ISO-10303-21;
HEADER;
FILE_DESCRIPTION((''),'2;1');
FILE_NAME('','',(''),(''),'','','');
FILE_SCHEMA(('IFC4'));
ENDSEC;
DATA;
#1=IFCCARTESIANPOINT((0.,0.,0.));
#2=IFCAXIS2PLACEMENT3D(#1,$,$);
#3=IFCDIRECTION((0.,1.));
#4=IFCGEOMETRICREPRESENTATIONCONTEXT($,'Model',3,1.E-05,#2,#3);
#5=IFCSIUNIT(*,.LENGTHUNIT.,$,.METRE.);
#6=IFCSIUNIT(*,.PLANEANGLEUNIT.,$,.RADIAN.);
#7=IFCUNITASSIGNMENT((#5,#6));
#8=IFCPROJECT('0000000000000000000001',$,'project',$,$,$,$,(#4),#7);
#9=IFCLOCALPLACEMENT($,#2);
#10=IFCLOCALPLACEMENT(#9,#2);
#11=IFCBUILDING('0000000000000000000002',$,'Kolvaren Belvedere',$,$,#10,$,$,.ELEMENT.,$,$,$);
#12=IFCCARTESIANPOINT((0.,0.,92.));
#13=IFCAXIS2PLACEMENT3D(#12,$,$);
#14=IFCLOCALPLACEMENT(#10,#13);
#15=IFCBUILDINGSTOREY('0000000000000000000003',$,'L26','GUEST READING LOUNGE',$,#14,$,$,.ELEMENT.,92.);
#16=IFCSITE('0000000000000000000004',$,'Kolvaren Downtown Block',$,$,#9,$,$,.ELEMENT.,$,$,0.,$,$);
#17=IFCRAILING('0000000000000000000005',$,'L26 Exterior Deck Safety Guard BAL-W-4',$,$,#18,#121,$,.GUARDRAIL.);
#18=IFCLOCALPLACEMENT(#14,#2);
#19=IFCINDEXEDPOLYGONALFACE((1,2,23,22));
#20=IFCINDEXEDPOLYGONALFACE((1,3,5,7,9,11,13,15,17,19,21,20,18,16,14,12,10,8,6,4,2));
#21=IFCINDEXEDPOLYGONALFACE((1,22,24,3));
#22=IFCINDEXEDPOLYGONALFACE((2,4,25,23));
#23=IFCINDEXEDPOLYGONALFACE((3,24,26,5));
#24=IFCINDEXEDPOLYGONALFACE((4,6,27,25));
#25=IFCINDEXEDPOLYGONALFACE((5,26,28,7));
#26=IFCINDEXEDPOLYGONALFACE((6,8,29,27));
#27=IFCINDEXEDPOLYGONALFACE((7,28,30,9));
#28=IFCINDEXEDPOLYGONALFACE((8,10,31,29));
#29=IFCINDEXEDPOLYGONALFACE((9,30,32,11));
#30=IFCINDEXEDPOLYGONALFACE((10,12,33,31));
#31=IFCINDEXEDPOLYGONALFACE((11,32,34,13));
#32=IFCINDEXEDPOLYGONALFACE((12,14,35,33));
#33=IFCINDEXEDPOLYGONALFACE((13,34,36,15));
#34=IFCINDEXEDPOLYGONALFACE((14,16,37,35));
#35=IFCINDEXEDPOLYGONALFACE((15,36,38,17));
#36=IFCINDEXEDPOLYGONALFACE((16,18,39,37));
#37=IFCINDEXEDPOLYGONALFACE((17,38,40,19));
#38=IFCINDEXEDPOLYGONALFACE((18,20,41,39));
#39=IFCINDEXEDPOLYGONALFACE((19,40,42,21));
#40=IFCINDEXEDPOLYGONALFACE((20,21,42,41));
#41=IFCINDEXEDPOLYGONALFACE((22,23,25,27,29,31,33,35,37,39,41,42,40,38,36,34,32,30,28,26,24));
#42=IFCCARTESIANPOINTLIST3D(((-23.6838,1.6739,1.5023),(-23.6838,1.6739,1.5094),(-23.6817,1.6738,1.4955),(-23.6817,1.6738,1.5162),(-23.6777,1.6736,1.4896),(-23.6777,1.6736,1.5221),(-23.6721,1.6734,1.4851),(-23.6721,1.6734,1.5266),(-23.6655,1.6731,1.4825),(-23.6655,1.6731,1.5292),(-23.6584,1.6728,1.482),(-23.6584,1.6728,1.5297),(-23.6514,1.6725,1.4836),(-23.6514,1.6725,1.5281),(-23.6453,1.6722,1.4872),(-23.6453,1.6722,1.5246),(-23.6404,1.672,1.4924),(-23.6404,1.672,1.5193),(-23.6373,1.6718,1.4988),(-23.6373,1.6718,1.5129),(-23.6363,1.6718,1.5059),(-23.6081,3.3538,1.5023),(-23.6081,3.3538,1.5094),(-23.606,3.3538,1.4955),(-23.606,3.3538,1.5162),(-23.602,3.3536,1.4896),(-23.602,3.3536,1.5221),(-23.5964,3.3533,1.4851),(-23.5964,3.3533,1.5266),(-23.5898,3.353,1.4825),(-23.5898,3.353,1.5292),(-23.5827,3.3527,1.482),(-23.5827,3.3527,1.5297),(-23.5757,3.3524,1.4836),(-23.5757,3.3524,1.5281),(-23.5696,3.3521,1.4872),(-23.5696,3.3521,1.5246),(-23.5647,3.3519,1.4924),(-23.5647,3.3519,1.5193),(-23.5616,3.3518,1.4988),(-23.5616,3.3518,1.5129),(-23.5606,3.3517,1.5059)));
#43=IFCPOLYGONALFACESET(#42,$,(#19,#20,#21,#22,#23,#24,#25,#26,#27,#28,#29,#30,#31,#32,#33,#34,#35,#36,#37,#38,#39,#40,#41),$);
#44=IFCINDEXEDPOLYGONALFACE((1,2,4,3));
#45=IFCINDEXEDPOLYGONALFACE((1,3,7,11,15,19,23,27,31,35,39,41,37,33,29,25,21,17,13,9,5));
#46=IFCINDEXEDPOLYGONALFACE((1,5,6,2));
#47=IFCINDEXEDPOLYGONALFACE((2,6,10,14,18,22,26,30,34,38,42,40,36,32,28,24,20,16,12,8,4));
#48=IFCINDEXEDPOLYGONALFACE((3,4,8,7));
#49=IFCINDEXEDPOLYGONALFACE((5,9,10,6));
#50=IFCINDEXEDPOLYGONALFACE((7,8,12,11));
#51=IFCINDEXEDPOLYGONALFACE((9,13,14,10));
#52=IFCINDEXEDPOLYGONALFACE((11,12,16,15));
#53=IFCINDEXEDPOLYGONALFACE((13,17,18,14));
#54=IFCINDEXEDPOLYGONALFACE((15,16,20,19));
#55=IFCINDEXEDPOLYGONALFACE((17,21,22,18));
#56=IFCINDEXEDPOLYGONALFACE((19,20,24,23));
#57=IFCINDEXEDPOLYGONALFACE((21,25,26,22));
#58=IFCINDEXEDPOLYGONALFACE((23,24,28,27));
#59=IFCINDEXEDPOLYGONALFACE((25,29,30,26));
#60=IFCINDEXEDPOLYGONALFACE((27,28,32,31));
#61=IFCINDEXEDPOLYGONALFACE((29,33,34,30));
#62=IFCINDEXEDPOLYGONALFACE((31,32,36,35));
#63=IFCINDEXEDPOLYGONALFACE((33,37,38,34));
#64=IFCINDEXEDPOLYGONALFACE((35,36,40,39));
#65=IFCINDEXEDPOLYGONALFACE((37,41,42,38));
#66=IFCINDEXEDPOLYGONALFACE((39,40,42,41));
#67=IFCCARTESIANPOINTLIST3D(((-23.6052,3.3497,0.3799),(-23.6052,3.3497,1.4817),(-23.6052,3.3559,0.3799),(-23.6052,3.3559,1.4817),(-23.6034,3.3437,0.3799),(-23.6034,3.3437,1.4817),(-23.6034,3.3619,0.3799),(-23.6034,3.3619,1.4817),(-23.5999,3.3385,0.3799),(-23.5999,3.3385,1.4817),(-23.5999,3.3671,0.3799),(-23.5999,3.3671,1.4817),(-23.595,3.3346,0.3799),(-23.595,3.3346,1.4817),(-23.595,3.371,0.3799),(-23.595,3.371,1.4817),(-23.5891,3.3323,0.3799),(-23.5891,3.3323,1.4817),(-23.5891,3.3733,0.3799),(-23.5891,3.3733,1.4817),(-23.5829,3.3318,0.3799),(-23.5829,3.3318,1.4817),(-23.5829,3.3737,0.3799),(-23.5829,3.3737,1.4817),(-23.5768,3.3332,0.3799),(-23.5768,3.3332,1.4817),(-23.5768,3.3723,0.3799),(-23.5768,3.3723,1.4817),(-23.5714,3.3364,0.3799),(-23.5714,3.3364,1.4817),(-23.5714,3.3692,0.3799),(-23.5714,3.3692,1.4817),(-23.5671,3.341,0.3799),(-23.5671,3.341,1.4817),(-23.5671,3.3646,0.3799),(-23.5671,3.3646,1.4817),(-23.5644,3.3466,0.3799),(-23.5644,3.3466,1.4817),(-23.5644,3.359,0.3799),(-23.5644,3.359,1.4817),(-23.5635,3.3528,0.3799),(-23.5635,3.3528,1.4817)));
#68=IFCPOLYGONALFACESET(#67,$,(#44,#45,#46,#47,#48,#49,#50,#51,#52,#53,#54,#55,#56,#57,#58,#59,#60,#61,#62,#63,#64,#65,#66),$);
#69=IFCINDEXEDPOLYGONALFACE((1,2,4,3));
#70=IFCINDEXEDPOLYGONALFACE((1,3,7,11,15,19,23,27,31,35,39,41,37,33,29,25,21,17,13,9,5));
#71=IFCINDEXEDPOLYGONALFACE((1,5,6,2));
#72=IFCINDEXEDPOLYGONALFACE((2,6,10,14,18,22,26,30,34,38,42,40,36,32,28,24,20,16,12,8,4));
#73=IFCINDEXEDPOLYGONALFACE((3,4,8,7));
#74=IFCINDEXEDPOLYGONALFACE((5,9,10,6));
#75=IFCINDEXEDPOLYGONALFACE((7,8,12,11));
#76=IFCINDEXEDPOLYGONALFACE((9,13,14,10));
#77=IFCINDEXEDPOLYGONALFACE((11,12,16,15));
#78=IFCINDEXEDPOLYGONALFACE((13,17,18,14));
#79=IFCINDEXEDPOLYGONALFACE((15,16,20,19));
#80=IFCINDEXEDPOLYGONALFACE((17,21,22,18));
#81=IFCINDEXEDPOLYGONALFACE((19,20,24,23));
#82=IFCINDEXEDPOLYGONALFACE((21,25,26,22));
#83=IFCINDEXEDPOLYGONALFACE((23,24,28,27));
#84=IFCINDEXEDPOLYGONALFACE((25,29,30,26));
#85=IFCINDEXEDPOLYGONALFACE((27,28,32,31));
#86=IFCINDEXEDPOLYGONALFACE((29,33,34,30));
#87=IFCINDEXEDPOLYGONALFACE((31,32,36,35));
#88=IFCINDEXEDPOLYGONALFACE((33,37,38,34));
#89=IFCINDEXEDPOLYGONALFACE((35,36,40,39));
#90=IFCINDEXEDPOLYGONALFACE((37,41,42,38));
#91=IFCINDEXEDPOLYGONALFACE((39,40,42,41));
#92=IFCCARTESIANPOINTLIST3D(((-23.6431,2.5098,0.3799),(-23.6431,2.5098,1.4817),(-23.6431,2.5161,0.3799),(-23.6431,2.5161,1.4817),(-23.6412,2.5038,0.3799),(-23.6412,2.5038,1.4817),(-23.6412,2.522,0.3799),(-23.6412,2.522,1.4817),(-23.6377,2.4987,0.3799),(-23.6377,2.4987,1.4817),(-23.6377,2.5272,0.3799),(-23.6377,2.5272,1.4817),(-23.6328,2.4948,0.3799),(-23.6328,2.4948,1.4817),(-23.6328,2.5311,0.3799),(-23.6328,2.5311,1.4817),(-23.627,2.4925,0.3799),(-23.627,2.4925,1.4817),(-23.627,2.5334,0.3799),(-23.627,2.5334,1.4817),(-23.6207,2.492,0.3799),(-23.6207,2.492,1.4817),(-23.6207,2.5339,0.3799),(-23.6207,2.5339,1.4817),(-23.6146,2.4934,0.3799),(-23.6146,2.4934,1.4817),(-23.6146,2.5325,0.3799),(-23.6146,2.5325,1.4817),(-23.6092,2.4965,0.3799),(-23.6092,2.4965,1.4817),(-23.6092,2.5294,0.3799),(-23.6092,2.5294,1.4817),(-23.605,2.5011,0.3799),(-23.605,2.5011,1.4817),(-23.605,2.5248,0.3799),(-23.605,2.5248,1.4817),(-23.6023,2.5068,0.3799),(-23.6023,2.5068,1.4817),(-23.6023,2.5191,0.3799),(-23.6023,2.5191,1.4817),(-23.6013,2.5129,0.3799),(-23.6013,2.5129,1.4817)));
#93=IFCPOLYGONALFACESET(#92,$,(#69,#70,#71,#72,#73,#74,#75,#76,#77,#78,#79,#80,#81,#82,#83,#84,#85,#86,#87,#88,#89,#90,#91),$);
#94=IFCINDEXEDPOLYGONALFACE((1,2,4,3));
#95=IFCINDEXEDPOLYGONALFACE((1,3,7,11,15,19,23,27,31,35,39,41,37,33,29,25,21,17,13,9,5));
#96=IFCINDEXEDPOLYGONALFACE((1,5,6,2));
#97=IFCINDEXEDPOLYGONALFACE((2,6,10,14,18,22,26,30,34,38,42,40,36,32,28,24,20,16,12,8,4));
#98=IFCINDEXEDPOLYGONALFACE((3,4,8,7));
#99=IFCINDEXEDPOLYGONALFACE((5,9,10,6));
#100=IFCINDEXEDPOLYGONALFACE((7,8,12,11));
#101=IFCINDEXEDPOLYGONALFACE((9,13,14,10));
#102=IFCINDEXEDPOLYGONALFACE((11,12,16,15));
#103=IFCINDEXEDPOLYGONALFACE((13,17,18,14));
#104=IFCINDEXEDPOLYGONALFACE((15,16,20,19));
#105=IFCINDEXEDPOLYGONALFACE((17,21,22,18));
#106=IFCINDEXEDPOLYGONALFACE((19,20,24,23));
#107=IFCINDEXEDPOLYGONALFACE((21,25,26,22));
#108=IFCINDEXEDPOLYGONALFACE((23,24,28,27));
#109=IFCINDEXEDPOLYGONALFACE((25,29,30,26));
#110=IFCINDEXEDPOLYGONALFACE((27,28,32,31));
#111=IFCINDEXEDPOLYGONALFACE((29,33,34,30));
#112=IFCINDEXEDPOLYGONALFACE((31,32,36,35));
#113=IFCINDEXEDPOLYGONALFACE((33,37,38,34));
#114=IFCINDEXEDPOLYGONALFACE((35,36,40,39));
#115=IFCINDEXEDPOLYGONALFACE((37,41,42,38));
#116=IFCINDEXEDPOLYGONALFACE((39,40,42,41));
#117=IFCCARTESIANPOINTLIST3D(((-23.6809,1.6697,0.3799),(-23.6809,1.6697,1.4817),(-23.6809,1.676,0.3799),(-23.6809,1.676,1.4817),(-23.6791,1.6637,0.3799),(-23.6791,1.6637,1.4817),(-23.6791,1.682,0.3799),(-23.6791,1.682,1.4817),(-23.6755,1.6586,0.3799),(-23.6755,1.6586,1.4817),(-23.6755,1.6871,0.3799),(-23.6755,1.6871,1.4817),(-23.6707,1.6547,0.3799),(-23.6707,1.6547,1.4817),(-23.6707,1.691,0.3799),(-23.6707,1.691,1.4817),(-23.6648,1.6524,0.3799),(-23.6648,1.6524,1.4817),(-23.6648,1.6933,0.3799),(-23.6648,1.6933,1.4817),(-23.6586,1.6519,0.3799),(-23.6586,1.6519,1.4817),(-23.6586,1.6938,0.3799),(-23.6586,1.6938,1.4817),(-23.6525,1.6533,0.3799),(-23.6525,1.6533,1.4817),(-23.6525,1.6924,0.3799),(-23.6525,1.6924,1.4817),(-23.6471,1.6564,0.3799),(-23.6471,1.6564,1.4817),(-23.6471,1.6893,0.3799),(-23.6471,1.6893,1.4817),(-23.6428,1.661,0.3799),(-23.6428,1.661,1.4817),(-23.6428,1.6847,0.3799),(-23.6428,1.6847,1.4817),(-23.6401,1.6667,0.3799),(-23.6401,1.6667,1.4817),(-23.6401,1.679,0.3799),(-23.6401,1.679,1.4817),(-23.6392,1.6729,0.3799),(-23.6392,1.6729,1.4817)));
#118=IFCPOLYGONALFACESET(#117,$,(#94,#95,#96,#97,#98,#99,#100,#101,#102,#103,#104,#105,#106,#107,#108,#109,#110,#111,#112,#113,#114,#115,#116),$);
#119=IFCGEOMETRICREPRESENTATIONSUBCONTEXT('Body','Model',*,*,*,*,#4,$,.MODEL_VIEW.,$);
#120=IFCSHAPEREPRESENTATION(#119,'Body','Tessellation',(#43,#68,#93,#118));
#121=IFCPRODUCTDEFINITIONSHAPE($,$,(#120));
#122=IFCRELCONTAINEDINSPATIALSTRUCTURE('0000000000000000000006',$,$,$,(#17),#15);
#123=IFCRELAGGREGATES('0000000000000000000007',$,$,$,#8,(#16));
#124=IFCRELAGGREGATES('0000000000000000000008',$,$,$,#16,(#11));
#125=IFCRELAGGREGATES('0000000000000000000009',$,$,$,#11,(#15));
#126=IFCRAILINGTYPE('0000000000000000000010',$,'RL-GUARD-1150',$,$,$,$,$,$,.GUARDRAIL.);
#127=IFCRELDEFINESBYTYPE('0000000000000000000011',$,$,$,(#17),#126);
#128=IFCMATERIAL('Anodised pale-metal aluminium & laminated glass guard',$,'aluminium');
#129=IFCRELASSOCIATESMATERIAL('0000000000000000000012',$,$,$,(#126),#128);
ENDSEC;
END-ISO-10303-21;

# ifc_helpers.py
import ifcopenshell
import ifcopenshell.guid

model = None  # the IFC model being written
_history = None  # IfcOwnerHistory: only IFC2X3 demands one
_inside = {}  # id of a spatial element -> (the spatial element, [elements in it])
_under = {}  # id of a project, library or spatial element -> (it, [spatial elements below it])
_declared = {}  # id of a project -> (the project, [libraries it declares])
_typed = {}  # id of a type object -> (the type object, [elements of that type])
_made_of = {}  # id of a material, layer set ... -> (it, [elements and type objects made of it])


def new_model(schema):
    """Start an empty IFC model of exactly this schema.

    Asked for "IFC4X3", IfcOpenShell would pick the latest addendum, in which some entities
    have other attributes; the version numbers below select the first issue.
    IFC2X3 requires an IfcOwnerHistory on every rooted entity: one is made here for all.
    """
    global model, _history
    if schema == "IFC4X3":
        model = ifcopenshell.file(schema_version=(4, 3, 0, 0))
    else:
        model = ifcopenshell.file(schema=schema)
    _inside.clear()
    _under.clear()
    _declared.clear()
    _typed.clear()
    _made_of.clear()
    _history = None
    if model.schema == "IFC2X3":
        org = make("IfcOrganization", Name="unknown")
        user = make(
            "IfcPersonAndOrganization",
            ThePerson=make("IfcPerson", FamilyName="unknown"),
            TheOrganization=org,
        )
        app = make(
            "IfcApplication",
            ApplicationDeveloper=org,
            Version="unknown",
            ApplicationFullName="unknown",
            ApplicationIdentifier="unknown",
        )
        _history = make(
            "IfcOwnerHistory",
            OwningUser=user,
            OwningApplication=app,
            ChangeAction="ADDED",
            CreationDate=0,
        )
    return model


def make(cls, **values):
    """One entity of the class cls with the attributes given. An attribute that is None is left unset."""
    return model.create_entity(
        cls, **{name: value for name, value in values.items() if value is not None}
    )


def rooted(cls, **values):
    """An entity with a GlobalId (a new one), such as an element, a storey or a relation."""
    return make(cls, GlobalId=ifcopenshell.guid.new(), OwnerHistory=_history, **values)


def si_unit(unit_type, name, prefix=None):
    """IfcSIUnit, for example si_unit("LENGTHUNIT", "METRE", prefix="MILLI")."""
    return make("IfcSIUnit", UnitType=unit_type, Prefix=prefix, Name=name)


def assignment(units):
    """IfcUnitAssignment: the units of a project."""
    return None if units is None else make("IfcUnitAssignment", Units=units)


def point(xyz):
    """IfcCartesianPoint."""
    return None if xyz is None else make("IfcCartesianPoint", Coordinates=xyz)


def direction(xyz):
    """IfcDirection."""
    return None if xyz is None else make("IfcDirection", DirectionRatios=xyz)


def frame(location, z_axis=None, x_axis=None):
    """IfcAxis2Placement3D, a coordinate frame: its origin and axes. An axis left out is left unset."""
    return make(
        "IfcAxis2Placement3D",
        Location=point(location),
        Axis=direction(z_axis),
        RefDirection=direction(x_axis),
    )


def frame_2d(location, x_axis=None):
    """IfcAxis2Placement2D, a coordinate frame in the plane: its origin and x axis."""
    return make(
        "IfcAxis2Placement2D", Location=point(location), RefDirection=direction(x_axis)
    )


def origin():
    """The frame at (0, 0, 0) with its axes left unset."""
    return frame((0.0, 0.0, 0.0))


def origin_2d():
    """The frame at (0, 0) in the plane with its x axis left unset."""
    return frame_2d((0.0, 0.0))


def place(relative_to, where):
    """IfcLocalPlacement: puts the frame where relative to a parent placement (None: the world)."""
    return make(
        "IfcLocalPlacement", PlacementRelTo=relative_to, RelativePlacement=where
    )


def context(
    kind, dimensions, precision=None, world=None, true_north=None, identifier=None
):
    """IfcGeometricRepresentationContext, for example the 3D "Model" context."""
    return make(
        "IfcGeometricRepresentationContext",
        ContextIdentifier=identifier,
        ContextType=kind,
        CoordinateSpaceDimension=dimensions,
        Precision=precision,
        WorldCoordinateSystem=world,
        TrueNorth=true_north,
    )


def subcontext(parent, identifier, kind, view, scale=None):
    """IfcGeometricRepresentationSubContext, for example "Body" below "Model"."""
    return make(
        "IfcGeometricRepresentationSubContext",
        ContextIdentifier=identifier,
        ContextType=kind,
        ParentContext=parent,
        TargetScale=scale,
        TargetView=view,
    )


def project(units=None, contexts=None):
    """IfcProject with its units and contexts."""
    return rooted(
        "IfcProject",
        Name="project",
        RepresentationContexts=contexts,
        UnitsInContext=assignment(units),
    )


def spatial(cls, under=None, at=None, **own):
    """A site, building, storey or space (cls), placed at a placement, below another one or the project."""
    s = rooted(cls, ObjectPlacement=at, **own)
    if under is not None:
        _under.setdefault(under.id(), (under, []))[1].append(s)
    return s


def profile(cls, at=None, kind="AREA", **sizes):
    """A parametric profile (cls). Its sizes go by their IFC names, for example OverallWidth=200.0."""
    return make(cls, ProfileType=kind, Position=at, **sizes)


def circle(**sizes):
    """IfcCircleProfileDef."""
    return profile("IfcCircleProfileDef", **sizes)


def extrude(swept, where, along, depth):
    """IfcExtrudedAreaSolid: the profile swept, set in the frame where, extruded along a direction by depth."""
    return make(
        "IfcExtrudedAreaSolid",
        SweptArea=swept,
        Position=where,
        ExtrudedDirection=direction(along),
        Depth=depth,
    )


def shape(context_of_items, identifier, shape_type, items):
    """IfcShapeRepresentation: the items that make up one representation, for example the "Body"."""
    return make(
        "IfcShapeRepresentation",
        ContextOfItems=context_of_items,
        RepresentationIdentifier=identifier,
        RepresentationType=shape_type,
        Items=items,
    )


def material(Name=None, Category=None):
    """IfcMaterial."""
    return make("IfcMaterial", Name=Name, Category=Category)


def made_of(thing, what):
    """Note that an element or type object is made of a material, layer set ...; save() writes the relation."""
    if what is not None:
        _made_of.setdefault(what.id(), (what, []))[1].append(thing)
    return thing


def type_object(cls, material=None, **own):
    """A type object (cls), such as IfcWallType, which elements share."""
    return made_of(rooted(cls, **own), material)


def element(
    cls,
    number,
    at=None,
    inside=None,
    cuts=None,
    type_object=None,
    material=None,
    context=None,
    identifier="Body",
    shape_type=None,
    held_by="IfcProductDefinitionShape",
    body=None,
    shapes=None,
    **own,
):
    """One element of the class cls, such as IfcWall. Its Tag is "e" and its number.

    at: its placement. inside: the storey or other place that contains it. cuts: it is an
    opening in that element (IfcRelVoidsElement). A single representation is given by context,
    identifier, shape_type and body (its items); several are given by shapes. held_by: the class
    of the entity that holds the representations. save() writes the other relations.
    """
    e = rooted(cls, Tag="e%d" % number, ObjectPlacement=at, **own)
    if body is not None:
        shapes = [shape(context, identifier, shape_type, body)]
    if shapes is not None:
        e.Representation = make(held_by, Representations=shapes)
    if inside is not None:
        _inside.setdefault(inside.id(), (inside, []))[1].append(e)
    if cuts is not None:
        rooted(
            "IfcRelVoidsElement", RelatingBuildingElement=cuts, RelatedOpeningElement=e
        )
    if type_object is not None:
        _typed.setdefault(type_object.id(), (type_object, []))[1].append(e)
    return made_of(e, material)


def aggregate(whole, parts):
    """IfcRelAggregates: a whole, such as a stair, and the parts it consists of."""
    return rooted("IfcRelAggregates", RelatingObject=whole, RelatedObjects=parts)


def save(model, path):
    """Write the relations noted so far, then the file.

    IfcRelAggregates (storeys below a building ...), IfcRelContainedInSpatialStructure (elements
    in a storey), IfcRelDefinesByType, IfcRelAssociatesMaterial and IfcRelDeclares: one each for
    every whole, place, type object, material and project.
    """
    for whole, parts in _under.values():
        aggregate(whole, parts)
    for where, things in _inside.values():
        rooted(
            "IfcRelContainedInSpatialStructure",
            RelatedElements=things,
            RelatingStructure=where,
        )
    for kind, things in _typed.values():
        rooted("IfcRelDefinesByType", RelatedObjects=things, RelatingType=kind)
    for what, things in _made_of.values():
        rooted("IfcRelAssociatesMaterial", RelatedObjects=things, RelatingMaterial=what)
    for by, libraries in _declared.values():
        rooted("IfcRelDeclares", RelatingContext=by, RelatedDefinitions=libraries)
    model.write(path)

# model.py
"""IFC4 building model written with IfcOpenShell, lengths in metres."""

from ifc_helpers import new_model, si_unit, direction, frame, origin, origin_2d, place, context, subcontext, project, spatial, circle, extrude, material, type_object, element, save


model = new_model("IFC4")

# Units and contexts
model_context = context("Model", 3, precision=1e-05, world=origin(), true_north=direction((0.0, 1.0)))
body_context = subcontext(model_context, "Body", "Model", "MODEL_VIEW")
ifc_project = project(units=[si_unit("LENGTHUNIT", "METRE"), si_unit("PLANEANGLEUNIT", "RADIAN")], contexts=[model_context])

# Site, building, storey
site_placement = place(None, origin())
site = spatial("IfcSite", under=ifc_project, at=site_placement, Name="Kolvaren Downtown Block", CompositionType="ELEMENT", RefElevation=0.0)
building_placement = place(site_placement, origin())
building = spatial("IfcBuilding", under=site, at=building_placement, Name="Kolvaren Belvedere", CompositionType="ELEMENT")
storey_placement = place(building_placement, frame((0.0, 0.0, 92.0)))
storey = spatial("IfcBuildingStorey", under=building, at=storey_placement, Name="L26", Description="GUEST READING LOUNGE", CompositionType="ELEMENT", Elevation=92.0)

# Railing
ifc_material_1 = material(Name="Anodised pale-metal aluminium & laminated glass guard", Category="aluminium")
railing_type = type_object("IfcRailingType", Name="RL-GUARD-1150", PredefinedType="GUARDRAIL", material=ifc_material_1)
railing_1_placement = place(storey_placement, frame((-23.5845, 3.3528, 0.3799)))
element("IfcRailing", 1, at=railing_1_placement, inside=storey, type_object=railing_type, Name="L26 Exterior Deck Safety Guard BAL-W-4", PredefinedType="GUARDRAIL", context=body_context, shape_type="SweptSolid", body=[
    extrude(circle(Radius=0.0239, at=origin_2d()), frame((0.0, 0.0, 1.126), z_axis=(-0.045006, -0.998987, 0.0), x_axis=(0.998987, -0.045006, 0.0)), (0.0, 0.0, 1.0), 1.6816),
    extrude(circle(Radius=0.021, at=origin_2d()), origin(), (0.0, 0.0, 1.0), 1.1018),
    extrude(circle(Radius=0.021, at=origin_2d()), frame((-0.0378, -0.8398, 0.0)), (0.0, 0.0, 1.0), 1.1018),
    extrude(circle(Radius=0.021, at=origin_2d()), frame((-0.0757, -1.6799, 0.0)), (0.0, 0.0, 1.0), 1.1018),
])

save(model, "model.ifc")
